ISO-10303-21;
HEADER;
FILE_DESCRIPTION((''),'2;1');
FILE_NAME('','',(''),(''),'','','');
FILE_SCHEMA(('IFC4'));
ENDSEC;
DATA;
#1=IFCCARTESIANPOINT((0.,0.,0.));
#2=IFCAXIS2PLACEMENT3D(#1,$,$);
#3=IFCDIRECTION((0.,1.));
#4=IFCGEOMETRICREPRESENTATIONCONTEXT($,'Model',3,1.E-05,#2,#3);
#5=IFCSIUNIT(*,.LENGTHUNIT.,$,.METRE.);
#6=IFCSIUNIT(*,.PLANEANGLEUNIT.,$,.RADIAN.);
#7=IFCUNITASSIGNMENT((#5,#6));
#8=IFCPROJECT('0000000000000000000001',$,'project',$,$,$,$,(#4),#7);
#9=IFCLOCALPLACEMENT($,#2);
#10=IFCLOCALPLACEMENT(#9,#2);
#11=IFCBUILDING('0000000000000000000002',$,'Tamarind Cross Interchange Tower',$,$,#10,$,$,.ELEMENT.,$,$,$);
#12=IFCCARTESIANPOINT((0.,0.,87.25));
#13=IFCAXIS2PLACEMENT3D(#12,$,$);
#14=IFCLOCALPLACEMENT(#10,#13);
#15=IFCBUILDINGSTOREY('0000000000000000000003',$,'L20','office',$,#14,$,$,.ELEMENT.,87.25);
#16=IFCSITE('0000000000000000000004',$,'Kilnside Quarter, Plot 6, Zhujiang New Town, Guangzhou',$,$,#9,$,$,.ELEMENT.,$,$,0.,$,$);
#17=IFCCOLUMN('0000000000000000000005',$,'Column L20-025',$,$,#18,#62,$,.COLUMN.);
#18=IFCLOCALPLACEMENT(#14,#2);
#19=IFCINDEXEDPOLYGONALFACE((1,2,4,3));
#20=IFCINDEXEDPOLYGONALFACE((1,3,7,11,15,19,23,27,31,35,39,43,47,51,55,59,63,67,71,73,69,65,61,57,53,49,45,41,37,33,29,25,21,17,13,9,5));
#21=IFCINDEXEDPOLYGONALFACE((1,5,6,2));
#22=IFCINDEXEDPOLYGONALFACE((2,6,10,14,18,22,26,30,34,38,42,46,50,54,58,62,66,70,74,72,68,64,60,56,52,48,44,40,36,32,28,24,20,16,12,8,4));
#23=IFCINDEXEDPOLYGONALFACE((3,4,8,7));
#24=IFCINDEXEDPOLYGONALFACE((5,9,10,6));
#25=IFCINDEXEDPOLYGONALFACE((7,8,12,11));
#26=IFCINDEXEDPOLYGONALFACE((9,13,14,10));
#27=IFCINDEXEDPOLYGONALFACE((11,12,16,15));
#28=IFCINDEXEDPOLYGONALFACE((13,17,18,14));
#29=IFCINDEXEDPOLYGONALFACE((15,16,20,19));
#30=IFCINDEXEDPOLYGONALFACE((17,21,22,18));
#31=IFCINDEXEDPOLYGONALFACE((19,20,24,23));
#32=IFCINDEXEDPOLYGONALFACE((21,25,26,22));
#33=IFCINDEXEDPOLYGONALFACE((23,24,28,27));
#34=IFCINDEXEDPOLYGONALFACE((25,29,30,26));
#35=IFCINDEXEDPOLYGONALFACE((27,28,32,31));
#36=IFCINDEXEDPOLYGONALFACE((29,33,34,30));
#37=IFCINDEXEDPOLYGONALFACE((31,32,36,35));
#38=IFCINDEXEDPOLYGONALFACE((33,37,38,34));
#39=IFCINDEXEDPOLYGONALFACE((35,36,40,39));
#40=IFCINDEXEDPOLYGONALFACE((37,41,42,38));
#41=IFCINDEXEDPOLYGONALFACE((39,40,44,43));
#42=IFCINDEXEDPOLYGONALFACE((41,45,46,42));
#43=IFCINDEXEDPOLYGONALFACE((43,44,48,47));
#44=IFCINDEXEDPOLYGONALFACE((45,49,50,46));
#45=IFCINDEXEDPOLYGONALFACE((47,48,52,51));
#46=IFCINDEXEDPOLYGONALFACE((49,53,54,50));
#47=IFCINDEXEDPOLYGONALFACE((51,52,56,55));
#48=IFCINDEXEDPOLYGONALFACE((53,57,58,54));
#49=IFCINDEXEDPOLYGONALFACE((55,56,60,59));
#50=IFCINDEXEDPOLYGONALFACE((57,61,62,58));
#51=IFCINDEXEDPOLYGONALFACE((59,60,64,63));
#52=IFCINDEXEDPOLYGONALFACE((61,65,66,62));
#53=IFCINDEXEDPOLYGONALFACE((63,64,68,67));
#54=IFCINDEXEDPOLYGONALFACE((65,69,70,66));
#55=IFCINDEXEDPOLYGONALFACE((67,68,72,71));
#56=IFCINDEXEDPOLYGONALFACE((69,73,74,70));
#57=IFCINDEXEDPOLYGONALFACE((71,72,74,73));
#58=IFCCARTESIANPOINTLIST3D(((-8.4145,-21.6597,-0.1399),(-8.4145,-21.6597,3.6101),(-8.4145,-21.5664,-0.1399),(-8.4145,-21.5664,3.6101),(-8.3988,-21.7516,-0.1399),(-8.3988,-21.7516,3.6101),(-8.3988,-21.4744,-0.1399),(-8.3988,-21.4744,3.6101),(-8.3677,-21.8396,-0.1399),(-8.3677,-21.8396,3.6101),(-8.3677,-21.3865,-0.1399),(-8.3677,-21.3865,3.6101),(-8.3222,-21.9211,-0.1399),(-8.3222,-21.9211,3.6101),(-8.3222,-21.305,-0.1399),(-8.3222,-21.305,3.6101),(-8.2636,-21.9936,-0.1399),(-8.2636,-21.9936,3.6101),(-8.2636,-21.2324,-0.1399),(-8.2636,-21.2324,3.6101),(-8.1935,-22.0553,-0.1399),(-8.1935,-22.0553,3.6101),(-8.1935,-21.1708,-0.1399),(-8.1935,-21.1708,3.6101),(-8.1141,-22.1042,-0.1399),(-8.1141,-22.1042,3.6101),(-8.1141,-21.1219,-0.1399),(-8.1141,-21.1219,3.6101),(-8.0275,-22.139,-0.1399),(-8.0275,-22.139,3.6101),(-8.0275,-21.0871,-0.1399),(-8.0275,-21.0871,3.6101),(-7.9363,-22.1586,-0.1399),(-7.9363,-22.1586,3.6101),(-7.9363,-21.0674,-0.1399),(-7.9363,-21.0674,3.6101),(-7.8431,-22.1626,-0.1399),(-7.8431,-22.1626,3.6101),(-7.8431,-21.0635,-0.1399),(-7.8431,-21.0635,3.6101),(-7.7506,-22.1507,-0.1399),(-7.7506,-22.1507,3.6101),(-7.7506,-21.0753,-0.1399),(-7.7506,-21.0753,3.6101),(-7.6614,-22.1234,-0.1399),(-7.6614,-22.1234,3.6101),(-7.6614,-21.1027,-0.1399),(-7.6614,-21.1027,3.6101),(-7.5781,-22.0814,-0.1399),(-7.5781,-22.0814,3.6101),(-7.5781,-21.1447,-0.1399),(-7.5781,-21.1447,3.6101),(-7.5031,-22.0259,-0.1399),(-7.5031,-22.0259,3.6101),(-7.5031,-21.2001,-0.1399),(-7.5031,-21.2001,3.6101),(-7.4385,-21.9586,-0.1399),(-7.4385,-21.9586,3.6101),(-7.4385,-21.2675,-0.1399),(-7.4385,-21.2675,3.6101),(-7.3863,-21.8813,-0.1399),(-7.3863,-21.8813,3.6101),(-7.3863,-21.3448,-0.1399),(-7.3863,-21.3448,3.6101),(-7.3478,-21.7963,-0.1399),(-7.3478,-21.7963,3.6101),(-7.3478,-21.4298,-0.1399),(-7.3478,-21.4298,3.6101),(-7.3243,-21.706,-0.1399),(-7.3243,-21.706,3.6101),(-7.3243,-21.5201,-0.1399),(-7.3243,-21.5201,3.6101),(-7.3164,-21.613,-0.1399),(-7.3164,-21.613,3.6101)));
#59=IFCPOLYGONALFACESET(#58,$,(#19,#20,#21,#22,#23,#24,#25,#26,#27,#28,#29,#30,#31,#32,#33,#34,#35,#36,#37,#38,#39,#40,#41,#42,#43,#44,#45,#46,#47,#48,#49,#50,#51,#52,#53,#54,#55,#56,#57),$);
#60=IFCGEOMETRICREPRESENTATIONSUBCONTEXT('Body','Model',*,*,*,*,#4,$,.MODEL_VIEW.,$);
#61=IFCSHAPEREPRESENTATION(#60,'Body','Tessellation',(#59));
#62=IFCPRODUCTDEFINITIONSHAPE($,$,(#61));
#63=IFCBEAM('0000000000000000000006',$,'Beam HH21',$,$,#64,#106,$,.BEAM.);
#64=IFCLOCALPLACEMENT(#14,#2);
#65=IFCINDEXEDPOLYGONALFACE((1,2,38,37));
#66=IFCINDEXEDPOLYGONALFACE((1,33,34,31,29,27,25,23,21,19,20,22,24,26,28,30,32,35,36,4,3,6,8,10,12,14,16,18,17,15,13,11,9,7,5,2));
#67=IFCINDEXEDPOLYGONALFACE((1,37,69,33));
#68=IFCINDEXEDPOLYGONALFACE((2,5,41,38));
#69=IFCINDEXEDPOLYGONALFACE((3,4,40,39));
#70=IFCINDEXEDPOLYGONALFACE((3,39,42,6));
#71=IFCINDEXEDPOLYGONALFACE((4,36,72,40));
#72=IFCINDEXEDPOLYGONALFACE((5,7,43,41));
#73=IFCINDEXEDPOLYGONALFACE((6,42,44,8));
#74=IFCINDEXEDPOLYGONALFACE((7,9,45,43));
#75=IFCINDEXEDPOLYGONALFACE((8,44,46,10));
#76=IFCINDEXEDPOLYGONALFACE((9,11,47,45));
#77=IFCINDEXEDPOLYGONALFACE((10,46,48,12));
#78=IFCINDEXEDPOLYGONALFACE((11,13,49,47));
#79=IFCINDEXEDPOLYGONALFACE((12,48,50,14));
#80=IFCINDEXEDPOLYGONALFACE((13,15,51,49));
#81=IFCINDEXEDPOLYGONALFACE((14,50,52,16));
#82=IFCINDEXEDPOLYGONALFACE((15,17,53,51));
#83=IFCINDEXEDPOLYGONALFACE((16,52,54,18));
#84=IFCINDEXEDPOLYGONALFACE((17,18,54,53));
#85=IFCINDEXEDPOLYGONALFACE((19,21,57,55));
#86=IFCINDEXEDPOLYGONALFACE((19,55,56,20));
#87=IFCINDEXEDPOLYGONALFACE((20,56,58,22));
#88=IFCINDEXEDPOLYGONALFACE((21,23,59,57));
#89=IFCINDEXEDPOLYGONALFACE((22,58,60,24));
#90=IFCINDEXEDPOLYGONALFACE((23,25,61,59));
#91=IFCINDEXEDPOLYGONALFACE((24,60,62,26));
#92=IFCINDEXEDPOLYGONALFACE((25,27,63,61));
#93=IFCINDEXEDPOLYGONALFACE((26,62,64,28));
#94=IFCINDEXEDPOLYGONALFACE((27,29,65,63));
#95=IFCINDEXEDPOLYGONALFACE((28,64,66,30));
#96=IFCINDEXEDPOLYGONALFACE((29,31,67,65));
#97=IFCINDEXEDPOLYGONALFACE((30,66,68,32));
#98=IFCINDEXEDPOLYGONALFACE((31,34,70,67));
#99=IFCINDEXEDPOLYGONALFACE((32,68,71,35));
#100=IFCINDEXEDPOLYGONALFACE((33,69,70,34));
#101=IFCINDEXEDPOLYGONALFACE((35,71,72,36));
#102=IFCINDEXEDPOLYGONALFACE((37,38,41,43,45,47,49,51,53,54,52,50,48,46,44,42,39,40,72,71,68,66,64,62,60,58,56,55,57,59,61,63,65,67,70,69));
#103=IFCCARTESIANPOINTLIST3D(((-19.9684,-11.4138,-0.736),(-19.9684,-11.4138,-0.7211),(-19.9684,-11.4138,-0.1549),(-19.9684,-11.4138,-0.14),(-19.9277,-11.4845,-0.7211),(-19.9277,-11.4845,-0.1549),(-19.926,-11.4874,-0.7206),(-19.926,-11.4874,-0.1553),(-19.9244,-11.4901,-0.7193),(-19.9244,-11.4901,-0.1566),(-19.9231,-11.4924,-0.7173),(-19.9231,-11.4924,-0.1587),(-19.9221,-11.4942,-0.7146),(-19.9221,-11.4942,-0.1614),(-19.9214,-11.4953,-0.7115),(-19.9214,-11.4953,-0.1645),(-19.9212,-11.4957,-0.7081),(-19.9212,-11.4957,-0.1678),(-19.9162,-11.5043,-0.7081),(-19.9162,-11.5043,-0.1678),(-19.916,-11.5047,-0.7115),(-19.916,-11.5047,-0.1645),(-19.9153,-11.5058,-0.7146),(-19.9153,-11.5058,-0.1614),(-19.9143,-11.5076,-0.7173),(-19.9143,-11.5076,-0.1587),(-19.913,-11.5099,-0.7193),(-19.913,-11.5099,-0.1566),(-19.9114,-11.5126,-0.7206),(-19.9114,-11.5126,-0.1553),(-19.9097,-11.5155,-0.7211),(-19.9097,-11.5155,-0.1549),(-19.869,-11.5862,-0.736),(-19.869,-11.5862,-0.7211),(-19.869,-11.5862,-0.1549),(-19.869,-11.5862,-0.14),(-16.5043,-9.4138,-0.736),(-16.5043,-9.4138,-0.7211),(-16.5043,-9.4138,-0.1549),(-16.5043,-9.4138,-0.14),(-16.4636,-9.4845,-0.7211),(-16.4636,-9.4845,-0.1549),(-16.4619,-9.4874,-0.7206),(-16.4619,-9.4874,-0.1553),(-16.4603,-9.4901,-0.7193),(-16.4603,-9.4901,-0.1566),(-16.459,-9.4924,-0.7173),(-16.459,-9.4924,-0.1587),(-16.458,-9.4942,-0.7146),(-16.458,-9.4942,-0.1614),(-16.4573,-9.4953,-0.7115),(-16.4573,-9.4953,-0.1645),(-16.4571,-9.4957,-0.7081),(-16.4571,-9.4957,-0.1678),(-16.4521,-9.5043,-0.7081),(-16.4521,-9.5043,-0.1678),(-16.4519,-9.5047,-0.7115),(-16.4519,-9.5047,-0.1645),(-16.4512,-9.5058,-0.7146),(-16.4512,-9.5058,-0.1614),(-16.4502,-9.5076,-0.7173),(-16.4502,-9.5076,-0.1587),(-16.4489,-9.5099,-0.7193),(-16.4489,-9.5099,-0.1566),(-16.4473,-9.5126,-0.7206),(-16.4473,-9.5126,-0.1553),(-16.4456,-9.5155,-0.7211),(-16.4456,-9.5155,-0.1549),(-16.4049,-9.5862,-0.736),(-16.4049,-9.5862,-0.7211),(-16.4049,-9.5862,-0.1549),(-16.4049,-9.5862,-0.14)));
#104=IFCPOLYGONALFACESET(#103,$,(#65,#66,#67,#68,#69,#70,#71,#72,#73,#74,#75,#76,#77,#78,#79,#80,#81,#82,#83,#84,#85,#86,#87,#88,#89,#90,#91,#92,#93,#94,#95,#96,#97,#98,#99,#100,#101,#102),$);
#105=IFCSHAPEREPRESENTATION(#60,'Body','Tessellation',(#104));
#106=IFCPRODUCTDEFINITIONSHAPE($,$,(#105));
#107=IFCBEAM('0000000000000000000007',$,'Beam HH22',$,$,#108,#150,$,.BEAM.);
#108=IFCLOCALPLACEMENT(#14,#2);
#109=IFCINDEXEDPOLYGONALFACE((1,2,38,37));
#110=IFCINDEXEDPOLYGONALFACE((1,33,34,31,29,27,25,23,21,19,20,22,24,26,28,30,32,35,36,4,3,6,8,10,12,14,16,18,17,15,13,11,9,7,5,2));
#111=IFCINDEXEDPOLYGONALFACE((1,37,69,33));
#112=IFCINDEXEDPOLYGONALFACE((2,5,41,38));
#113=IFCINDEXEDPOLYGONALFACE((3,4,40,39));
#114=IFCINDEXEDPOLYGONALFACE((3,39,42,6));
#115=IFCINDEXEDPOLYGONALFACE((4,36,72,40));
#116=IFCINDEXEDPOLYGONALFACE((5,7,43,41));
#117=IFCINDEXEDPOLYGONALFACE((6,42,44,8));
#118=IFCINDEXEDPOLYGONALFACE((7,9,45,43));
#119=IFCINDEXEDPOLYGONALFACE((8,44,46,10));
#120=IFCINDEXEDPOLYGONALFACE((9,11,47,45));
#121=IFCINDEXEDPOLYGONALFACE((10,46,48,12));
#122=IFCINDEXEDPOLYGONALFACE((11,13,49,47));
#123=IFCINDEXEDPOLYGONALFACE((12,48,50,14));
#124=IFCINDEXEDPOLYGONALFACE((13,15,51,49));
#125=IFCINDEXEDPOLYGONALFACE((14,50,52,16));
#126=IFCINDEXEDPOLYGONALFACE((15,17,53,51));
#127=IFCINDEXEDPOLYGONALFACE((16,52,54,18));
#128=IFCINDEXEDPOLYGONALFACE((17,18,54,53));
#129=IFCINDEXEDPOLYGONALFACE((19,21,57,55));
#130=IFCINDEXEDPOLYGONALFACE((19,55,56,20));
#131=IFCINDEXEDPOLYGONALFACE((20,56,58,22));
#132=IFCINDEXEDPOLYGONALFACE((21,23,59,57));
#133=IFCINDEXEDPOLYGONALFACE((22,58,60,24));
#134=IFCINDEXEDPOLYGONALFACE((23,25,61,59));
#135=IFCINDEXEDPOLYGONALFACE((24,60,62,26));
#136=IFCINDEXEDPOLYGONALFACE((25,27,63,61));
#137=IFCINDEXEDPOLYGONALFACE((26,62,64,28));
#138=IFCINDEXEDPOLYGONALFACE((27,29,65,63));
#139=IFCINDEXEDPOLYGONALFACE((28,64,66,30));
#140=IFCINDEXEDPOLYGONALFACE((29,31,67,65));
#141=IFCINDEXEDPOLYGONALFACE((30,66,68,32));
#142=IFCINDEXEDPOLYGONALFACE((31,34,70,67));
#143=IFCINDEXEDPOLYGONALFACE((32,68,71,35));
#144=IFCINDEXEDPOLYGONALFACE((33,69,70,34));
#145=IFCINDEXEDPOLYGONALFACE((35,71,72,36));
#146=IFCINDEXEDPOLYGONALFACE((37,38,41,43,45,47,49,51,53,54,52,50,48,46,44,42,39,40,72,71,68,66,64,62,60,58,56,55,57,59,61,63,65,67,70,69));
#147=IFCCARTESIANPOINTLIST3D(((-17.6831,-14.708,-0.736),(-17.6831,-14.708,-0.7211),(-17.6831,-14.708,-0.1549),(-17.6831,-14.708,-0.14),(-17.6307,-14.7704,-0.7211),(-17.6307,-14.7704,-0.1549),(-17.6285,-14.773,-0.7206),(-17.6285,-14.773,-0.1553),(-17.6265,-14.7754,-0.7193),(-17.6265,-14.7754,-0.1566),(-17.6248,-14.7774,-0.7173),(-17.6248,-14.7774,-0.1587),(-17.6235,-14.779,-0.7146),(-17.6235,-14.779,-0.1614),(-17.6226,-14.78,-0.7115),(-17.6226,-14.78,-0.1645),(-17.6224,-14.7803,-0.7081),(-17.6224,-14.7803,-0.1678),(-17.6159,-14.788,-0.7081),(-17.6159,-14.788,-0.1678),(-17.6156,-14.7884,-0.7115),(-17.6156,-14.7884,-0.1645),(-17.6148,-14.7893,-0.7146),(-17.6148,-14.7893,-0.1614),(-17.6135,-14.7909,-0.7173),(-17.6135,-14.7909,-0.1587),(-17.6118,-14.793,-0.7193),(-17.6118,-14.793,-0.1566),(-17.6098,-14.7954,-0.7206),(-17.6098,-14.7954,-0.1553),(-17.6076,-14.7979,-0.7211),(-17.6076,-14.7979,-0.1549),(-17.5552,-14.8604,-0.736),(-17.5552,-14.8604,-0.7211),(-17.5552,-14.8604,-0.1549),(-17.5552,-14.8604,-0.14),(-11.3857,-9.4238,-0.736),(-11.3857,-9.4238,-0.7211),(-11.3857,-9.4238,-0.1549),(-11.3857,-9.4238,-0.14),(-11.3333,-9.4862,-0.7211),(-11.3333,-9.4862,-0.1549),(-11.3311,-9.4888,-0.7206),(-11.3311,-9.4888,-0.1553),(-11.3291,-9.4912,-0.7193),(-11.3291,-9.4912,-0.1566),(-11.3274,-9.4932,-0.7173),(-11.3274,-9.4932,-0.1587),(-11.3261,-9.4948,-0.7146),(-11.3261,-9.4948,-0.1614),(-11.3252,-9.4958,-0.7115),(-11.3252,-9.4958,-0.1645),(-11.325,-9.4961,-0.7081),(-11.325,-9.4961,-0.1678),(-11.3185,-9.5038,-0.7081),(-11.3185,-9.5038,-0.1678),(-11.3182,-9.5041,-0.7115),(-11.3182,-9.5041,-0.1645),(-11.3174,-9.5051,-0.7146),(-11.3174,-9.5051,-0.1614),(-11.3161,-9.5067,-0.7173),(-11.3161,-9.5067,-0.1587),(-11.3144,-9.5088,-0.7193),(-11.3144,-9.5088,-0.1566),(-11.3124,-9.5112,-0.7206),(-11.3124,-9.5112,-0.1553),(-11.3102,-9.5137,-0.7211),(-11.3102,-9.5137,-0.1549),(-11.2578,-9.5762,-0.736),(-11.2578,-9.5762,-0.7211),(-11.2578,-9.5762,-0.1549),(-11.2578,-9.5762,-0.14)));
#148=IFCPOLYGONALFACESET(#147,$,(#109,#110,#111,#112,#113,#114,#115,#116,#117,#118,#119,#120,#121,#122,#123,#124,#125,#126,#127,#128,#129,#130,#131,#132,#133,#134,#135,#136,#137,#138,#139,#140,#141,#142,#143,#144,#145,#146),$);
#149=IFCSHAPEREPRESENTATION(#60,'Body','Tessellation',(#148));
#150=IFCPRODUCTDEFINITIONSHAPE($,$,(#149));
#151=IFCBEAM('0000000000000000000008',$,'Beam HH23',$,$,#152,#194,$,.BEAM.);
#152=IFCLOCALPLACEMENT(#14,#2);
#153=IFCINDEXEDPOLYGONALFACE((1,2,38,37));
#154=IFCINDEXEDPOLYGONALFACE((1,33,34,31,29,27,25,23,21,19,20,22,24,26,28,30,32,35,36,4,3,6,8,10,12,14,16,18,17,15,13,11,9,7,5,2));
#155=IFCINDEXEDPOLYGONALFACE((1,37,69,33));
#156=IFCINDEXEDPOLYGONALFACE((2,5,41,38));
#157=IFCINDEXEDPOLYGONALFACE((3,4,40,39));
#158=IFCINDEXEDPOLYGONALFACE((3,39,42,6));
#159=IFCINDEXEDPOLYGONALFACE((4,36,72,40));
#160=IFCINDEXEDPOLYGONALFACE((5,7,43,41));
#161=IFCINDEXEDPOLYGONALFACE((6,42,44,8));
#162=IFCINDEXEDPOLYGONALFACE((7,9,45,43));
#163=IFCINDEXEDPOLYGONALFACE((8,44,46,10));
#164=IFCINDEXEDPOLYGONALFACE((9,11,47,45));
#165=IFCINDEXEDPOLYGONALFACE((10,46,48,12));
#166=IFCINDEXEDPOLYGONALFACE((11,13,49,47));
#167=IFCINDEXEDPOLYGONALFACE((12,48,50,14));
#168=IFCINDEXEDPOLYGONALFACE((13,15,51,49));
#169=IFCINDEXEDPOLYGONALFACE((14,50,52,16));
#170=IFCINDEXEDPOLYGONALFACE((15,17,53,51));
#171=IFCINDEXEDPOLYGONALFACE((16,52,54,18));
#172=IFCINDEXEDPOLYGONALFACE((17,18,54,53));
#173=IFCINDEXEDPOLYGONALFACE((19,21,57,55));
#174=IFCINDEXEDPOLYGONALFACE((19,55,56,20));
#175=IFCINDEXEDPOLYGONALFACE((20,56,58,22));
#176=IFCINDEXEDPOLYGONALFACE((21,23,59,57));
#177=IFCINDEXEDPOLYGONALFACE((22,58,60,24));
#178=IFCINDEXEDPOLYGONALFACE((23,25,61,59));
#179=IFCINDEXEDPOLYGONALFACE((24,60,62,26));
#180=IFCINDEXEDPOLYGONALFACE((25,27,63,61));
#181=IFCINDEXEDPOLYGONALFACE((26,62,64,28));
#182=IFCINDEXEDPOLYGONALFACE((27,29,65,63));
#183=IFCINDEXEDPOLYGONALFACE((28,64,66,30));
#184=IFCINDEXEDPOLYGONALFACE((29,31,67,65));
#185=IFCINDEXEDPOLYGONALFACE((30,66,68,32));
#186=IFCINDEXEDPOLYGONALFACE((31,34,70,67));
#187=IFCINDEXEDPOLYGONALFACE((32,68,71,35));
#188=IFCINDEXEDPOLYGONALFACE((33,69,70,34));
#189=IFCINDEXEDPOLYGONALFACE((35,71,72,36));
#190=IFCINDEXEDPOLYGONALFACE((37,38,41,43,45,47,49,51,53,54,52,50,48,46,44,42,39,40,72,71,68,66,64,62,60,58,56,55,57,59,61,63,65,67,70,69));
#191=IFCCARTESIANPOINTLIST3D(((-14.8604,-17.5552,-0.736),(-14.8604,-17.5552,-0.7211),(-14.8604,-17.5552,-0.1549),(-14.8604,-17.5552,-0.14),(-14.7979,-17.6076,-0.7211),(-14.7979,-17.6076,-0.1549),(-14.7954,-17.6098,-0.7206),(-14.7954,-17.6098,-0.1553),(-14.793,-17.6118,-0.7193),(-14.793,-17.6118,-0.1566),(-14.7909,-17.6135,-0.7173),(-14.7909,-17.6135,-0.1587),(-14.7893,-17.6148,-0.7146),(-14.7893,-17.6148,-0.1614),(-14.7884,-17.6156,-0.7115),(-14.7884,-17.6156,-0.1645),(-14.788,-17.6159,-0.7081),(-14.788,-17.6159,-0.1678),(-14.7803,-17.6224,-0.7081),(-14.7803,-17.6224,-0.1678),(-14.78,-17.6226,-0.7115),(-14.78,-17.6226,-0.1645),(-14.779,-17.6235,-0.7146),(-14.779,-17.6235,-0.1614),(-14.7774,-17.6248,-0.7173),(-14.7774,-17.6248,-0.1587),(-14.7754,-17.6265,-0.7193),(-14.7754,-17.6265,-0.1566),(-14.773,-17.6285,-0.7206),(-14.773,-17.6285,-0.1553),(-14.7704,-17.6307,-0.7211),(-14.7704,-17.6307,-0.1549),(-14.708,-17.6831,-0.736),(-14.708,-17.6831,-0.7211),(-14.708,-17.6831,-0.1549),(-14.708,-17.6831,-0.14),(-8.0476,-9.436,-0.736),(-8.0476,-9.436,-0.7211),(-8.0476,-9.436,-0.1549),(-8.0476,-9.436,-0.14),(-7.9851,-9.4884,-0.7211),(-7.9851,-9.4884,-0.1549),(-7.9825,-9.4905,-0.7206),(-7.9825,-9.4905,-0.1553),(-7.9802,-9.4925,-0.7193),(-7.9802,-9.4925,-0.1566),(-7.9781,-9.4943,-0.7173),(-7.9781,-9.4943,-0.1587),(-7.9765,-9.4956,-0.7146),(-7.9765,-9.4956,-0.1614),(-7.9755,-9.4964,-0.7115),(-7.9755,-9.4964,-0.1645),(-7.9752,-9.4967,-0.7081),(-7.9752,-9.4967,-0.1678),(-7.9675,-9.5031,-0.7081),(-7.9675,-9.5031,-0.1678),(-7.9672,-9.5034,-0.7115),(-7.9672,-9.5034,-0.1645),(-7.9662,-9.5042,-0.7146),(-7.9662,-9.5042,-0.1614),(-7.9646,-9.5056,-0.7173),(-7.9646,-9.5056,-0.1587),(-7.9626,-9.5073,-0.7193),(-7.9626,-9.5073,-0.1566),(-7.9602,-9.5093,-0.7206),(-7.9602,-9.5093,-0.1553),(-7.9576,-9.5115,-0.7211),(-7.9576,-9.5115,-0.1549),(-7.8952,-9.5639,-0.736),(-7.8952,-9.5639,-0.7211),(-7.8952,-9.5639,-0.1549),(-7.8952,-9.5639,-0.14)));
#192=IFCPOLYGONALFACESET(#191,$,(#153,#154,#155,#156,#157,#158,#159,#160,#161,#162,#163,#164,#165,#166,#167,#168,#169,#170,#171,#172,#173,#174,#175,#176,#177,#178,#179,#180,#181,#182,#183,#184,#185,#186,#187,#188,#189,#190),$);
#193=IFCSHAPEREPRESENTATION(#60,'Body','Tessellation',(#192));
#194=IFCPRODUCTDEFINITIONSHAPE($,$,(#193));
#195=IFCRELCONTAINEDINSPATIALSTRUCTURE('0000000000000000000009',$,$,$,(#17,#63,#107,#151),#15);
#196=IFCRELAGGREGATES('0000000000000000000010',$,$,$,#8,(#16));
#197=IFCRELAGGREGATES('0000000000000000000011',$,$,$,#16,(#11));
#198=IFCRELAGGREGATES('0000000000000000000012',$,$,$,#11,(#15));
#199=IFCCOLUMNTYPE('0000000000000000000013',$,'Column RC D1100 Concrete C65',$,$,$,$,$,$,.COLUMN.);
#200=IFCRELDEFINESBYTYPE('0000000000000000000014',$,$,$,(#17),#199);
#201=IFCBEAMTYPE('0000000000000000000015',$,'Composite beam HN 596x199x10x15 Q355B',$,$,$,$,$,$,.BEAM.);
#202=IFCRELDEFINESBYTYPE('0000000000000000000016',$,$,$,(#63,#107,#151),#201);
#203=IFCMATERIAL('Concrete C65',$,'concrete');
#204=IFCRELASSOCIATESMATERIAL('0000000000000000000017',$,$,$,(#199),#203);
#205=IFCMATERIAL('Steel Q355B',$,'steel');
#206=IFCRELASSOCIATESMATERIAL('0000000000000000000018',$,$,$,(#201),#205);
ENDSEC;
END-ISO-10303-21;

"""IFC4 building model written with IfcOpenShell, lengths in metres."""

from ifc_helpers import new_model, si_unit, direction, frame, origin, origin_2d, place, context, subcontext, project, spatial, circle, i_section, extrude, material, material_profile, profile_set, type_object, element, save


model = new_model("IFC4")

# Units and contexts
model_context = context("Model", 3, precision=1e-05, world=origin(), true_north=direction((0.0, 1.0)))
body_context = subcontext(model_context, "Body", "Model", "MODEL_VIEW")
ifc_project = project(units=[si_unit("LENGTHUNIT", "METRE"), si_unit("PLANEANGLEUNIT", "RADIAN")], contexts=[model_context])

# Site, building, storey
site_placement = place(None, origin())
site = spatial("IfcSite", under=ifc_project, at=site_placement, Name="Kilnside Quarter, Plot 6, Zhujiang New Town, Guangzhou", CompositionType="ELEMENT", RefElevation=0.0)
building_placement = place(site_placement, origin())
building = spatial("IfcBuilding", under=site, at=building_placement, Name="Tamarind Cross Interchange Tower", CompositionType="ELEMENT")
storey_placement = place(building_placement, frame((0.0, 0.0, 87.25)))
storey = spatial("IfcBuildingStorey", under=building, at=storey_placement, Name="L20", Description="office", CompositionType="ELEMENT", Elevation=87.25)

# Column
ifc_material_1 = material(Name="Concrete C65", Category="concrete")
ifc_material_profile_1 = material_profile(ifc_material_1, circle(Radius=0.55, at=origin_2d()), Name="RC D1100")
ifc_profile_set_1 = profile_set([ifc_material_profile_1], Name="Concrete C65")
column_type = type_object("IfcColumnType", Name="Column RC D1100 Concrete C65", PredefinedType="COLUMN", material=ifc_profile_set_1)
for number, where, z_axis, x_axis, name in (
    (1, (-7.8665, -21.613, -0.1399), (0.0, 0.0, 1.0), (1.0, 0.0, 0.0), "Column L20-025"),
):
    element("IfcColumn", number, at=place(storey_placement, frame(where, z_axis=z_axis, x_axis=x_axis)), inside=storey, type_object=column_type, Name=name, PredefinedType="COLUMN", context=body_context, shape_type="SweptSolid", body=[
        extrude(circle(Radius=0.55, at=origin_2d()), origin(), (0.0, 0.0, 1.0), 3.75),
    ])

# Beams
ifc_material_2 = material(Name="Steel Q355B", Category="steel")
ifc_material_profile_2 = material_profile(ifc_material_2, i_section(OverallWidth=0.199, OverallDepth=0.5959, WebThickness=0.01, FlangeThickness=0.0149, FilletRadius=0.0129, at=origin_2d()), Name="HN 596x199x10x15")
ifc_profile_set_2 = profile_set([ifc_material_profile_2], Name="Steel Q355B")
beam_type = type_object("IfcBeamType", Name="Composite beam HN 596x199x10x15 Q355B", PredefinedType="BEAM", material=ifc_profile_set_2)
beam_1_placement = place(storey_placement, frame((-19.9187, -11.5, -0.438), z_axis=(0.866026, 0.499999, 0.0), x_axis=(-0.499999, 0.866026, 0.0)))
element("IfcBeam", 2, at=beam_1_placement, inside=storey, type_object=beam_type, Name="Beam HH21", PredefinedType="BEAM", context=body_context, shape_type="SweptSolid", body=[
    extrude(i_section(OverallWidth=0.199, OverallDepth=0.5959, WebThickness=0.01, FlangeThickness=0.0149, FilletRadius=0.0129, at=origin_2d()), origin(), (0.0, 0.0, 1.0), 4.0),
])
beam_2_placement = place(storey_placement, frame((-17.6191, -14.7842, -0.438), z_axis=(0.766041, 0.642792, 0.0), x_axis=(-0.642792, 0.766041, 0.0)))
element("IfcBeam", 3, at=beam_2_placement, inside=storey, type_object=beam_type, Name="Beam HH22", PredefinedType="BEAM", context=body_context, shape_type="SweptSolid", body=[
    extrude(i_section(OverallWidth=0.199, OverallDepth=0.5959, WebThickness=0.01, FlangeThickness=0.0149, FilletRadius=0.0129, at=origin_2d()), origin(), (0.0, 0.0, 1.0), 8.2207),
])
beam_3_placement = place(storey_placement, frame((-14.7842, -17.6191, -0.438), z_axis=(0.642786, 0.766046, 0.0), x_axis=(-0.766046, 0.642786, 0.0)))
element("IfcBeam", 4, at=beam_3_placement, inside=storey, type_object=beam_type, Name="Beam HH23", PredefinedType="BEAM", context=body_context, shape_type="SweptSolid", body=[
    extrude(i_section(OverallWidth=0.199, OverallDepth=0.5959, WebThickness=0.01, FlangeThickness=0.0149, FilletRadius=0.0129, at=origin_2d()), origin(), (0.0, 0.0, 1.0), 10.5989),
])

save(model, "model.ifc")
